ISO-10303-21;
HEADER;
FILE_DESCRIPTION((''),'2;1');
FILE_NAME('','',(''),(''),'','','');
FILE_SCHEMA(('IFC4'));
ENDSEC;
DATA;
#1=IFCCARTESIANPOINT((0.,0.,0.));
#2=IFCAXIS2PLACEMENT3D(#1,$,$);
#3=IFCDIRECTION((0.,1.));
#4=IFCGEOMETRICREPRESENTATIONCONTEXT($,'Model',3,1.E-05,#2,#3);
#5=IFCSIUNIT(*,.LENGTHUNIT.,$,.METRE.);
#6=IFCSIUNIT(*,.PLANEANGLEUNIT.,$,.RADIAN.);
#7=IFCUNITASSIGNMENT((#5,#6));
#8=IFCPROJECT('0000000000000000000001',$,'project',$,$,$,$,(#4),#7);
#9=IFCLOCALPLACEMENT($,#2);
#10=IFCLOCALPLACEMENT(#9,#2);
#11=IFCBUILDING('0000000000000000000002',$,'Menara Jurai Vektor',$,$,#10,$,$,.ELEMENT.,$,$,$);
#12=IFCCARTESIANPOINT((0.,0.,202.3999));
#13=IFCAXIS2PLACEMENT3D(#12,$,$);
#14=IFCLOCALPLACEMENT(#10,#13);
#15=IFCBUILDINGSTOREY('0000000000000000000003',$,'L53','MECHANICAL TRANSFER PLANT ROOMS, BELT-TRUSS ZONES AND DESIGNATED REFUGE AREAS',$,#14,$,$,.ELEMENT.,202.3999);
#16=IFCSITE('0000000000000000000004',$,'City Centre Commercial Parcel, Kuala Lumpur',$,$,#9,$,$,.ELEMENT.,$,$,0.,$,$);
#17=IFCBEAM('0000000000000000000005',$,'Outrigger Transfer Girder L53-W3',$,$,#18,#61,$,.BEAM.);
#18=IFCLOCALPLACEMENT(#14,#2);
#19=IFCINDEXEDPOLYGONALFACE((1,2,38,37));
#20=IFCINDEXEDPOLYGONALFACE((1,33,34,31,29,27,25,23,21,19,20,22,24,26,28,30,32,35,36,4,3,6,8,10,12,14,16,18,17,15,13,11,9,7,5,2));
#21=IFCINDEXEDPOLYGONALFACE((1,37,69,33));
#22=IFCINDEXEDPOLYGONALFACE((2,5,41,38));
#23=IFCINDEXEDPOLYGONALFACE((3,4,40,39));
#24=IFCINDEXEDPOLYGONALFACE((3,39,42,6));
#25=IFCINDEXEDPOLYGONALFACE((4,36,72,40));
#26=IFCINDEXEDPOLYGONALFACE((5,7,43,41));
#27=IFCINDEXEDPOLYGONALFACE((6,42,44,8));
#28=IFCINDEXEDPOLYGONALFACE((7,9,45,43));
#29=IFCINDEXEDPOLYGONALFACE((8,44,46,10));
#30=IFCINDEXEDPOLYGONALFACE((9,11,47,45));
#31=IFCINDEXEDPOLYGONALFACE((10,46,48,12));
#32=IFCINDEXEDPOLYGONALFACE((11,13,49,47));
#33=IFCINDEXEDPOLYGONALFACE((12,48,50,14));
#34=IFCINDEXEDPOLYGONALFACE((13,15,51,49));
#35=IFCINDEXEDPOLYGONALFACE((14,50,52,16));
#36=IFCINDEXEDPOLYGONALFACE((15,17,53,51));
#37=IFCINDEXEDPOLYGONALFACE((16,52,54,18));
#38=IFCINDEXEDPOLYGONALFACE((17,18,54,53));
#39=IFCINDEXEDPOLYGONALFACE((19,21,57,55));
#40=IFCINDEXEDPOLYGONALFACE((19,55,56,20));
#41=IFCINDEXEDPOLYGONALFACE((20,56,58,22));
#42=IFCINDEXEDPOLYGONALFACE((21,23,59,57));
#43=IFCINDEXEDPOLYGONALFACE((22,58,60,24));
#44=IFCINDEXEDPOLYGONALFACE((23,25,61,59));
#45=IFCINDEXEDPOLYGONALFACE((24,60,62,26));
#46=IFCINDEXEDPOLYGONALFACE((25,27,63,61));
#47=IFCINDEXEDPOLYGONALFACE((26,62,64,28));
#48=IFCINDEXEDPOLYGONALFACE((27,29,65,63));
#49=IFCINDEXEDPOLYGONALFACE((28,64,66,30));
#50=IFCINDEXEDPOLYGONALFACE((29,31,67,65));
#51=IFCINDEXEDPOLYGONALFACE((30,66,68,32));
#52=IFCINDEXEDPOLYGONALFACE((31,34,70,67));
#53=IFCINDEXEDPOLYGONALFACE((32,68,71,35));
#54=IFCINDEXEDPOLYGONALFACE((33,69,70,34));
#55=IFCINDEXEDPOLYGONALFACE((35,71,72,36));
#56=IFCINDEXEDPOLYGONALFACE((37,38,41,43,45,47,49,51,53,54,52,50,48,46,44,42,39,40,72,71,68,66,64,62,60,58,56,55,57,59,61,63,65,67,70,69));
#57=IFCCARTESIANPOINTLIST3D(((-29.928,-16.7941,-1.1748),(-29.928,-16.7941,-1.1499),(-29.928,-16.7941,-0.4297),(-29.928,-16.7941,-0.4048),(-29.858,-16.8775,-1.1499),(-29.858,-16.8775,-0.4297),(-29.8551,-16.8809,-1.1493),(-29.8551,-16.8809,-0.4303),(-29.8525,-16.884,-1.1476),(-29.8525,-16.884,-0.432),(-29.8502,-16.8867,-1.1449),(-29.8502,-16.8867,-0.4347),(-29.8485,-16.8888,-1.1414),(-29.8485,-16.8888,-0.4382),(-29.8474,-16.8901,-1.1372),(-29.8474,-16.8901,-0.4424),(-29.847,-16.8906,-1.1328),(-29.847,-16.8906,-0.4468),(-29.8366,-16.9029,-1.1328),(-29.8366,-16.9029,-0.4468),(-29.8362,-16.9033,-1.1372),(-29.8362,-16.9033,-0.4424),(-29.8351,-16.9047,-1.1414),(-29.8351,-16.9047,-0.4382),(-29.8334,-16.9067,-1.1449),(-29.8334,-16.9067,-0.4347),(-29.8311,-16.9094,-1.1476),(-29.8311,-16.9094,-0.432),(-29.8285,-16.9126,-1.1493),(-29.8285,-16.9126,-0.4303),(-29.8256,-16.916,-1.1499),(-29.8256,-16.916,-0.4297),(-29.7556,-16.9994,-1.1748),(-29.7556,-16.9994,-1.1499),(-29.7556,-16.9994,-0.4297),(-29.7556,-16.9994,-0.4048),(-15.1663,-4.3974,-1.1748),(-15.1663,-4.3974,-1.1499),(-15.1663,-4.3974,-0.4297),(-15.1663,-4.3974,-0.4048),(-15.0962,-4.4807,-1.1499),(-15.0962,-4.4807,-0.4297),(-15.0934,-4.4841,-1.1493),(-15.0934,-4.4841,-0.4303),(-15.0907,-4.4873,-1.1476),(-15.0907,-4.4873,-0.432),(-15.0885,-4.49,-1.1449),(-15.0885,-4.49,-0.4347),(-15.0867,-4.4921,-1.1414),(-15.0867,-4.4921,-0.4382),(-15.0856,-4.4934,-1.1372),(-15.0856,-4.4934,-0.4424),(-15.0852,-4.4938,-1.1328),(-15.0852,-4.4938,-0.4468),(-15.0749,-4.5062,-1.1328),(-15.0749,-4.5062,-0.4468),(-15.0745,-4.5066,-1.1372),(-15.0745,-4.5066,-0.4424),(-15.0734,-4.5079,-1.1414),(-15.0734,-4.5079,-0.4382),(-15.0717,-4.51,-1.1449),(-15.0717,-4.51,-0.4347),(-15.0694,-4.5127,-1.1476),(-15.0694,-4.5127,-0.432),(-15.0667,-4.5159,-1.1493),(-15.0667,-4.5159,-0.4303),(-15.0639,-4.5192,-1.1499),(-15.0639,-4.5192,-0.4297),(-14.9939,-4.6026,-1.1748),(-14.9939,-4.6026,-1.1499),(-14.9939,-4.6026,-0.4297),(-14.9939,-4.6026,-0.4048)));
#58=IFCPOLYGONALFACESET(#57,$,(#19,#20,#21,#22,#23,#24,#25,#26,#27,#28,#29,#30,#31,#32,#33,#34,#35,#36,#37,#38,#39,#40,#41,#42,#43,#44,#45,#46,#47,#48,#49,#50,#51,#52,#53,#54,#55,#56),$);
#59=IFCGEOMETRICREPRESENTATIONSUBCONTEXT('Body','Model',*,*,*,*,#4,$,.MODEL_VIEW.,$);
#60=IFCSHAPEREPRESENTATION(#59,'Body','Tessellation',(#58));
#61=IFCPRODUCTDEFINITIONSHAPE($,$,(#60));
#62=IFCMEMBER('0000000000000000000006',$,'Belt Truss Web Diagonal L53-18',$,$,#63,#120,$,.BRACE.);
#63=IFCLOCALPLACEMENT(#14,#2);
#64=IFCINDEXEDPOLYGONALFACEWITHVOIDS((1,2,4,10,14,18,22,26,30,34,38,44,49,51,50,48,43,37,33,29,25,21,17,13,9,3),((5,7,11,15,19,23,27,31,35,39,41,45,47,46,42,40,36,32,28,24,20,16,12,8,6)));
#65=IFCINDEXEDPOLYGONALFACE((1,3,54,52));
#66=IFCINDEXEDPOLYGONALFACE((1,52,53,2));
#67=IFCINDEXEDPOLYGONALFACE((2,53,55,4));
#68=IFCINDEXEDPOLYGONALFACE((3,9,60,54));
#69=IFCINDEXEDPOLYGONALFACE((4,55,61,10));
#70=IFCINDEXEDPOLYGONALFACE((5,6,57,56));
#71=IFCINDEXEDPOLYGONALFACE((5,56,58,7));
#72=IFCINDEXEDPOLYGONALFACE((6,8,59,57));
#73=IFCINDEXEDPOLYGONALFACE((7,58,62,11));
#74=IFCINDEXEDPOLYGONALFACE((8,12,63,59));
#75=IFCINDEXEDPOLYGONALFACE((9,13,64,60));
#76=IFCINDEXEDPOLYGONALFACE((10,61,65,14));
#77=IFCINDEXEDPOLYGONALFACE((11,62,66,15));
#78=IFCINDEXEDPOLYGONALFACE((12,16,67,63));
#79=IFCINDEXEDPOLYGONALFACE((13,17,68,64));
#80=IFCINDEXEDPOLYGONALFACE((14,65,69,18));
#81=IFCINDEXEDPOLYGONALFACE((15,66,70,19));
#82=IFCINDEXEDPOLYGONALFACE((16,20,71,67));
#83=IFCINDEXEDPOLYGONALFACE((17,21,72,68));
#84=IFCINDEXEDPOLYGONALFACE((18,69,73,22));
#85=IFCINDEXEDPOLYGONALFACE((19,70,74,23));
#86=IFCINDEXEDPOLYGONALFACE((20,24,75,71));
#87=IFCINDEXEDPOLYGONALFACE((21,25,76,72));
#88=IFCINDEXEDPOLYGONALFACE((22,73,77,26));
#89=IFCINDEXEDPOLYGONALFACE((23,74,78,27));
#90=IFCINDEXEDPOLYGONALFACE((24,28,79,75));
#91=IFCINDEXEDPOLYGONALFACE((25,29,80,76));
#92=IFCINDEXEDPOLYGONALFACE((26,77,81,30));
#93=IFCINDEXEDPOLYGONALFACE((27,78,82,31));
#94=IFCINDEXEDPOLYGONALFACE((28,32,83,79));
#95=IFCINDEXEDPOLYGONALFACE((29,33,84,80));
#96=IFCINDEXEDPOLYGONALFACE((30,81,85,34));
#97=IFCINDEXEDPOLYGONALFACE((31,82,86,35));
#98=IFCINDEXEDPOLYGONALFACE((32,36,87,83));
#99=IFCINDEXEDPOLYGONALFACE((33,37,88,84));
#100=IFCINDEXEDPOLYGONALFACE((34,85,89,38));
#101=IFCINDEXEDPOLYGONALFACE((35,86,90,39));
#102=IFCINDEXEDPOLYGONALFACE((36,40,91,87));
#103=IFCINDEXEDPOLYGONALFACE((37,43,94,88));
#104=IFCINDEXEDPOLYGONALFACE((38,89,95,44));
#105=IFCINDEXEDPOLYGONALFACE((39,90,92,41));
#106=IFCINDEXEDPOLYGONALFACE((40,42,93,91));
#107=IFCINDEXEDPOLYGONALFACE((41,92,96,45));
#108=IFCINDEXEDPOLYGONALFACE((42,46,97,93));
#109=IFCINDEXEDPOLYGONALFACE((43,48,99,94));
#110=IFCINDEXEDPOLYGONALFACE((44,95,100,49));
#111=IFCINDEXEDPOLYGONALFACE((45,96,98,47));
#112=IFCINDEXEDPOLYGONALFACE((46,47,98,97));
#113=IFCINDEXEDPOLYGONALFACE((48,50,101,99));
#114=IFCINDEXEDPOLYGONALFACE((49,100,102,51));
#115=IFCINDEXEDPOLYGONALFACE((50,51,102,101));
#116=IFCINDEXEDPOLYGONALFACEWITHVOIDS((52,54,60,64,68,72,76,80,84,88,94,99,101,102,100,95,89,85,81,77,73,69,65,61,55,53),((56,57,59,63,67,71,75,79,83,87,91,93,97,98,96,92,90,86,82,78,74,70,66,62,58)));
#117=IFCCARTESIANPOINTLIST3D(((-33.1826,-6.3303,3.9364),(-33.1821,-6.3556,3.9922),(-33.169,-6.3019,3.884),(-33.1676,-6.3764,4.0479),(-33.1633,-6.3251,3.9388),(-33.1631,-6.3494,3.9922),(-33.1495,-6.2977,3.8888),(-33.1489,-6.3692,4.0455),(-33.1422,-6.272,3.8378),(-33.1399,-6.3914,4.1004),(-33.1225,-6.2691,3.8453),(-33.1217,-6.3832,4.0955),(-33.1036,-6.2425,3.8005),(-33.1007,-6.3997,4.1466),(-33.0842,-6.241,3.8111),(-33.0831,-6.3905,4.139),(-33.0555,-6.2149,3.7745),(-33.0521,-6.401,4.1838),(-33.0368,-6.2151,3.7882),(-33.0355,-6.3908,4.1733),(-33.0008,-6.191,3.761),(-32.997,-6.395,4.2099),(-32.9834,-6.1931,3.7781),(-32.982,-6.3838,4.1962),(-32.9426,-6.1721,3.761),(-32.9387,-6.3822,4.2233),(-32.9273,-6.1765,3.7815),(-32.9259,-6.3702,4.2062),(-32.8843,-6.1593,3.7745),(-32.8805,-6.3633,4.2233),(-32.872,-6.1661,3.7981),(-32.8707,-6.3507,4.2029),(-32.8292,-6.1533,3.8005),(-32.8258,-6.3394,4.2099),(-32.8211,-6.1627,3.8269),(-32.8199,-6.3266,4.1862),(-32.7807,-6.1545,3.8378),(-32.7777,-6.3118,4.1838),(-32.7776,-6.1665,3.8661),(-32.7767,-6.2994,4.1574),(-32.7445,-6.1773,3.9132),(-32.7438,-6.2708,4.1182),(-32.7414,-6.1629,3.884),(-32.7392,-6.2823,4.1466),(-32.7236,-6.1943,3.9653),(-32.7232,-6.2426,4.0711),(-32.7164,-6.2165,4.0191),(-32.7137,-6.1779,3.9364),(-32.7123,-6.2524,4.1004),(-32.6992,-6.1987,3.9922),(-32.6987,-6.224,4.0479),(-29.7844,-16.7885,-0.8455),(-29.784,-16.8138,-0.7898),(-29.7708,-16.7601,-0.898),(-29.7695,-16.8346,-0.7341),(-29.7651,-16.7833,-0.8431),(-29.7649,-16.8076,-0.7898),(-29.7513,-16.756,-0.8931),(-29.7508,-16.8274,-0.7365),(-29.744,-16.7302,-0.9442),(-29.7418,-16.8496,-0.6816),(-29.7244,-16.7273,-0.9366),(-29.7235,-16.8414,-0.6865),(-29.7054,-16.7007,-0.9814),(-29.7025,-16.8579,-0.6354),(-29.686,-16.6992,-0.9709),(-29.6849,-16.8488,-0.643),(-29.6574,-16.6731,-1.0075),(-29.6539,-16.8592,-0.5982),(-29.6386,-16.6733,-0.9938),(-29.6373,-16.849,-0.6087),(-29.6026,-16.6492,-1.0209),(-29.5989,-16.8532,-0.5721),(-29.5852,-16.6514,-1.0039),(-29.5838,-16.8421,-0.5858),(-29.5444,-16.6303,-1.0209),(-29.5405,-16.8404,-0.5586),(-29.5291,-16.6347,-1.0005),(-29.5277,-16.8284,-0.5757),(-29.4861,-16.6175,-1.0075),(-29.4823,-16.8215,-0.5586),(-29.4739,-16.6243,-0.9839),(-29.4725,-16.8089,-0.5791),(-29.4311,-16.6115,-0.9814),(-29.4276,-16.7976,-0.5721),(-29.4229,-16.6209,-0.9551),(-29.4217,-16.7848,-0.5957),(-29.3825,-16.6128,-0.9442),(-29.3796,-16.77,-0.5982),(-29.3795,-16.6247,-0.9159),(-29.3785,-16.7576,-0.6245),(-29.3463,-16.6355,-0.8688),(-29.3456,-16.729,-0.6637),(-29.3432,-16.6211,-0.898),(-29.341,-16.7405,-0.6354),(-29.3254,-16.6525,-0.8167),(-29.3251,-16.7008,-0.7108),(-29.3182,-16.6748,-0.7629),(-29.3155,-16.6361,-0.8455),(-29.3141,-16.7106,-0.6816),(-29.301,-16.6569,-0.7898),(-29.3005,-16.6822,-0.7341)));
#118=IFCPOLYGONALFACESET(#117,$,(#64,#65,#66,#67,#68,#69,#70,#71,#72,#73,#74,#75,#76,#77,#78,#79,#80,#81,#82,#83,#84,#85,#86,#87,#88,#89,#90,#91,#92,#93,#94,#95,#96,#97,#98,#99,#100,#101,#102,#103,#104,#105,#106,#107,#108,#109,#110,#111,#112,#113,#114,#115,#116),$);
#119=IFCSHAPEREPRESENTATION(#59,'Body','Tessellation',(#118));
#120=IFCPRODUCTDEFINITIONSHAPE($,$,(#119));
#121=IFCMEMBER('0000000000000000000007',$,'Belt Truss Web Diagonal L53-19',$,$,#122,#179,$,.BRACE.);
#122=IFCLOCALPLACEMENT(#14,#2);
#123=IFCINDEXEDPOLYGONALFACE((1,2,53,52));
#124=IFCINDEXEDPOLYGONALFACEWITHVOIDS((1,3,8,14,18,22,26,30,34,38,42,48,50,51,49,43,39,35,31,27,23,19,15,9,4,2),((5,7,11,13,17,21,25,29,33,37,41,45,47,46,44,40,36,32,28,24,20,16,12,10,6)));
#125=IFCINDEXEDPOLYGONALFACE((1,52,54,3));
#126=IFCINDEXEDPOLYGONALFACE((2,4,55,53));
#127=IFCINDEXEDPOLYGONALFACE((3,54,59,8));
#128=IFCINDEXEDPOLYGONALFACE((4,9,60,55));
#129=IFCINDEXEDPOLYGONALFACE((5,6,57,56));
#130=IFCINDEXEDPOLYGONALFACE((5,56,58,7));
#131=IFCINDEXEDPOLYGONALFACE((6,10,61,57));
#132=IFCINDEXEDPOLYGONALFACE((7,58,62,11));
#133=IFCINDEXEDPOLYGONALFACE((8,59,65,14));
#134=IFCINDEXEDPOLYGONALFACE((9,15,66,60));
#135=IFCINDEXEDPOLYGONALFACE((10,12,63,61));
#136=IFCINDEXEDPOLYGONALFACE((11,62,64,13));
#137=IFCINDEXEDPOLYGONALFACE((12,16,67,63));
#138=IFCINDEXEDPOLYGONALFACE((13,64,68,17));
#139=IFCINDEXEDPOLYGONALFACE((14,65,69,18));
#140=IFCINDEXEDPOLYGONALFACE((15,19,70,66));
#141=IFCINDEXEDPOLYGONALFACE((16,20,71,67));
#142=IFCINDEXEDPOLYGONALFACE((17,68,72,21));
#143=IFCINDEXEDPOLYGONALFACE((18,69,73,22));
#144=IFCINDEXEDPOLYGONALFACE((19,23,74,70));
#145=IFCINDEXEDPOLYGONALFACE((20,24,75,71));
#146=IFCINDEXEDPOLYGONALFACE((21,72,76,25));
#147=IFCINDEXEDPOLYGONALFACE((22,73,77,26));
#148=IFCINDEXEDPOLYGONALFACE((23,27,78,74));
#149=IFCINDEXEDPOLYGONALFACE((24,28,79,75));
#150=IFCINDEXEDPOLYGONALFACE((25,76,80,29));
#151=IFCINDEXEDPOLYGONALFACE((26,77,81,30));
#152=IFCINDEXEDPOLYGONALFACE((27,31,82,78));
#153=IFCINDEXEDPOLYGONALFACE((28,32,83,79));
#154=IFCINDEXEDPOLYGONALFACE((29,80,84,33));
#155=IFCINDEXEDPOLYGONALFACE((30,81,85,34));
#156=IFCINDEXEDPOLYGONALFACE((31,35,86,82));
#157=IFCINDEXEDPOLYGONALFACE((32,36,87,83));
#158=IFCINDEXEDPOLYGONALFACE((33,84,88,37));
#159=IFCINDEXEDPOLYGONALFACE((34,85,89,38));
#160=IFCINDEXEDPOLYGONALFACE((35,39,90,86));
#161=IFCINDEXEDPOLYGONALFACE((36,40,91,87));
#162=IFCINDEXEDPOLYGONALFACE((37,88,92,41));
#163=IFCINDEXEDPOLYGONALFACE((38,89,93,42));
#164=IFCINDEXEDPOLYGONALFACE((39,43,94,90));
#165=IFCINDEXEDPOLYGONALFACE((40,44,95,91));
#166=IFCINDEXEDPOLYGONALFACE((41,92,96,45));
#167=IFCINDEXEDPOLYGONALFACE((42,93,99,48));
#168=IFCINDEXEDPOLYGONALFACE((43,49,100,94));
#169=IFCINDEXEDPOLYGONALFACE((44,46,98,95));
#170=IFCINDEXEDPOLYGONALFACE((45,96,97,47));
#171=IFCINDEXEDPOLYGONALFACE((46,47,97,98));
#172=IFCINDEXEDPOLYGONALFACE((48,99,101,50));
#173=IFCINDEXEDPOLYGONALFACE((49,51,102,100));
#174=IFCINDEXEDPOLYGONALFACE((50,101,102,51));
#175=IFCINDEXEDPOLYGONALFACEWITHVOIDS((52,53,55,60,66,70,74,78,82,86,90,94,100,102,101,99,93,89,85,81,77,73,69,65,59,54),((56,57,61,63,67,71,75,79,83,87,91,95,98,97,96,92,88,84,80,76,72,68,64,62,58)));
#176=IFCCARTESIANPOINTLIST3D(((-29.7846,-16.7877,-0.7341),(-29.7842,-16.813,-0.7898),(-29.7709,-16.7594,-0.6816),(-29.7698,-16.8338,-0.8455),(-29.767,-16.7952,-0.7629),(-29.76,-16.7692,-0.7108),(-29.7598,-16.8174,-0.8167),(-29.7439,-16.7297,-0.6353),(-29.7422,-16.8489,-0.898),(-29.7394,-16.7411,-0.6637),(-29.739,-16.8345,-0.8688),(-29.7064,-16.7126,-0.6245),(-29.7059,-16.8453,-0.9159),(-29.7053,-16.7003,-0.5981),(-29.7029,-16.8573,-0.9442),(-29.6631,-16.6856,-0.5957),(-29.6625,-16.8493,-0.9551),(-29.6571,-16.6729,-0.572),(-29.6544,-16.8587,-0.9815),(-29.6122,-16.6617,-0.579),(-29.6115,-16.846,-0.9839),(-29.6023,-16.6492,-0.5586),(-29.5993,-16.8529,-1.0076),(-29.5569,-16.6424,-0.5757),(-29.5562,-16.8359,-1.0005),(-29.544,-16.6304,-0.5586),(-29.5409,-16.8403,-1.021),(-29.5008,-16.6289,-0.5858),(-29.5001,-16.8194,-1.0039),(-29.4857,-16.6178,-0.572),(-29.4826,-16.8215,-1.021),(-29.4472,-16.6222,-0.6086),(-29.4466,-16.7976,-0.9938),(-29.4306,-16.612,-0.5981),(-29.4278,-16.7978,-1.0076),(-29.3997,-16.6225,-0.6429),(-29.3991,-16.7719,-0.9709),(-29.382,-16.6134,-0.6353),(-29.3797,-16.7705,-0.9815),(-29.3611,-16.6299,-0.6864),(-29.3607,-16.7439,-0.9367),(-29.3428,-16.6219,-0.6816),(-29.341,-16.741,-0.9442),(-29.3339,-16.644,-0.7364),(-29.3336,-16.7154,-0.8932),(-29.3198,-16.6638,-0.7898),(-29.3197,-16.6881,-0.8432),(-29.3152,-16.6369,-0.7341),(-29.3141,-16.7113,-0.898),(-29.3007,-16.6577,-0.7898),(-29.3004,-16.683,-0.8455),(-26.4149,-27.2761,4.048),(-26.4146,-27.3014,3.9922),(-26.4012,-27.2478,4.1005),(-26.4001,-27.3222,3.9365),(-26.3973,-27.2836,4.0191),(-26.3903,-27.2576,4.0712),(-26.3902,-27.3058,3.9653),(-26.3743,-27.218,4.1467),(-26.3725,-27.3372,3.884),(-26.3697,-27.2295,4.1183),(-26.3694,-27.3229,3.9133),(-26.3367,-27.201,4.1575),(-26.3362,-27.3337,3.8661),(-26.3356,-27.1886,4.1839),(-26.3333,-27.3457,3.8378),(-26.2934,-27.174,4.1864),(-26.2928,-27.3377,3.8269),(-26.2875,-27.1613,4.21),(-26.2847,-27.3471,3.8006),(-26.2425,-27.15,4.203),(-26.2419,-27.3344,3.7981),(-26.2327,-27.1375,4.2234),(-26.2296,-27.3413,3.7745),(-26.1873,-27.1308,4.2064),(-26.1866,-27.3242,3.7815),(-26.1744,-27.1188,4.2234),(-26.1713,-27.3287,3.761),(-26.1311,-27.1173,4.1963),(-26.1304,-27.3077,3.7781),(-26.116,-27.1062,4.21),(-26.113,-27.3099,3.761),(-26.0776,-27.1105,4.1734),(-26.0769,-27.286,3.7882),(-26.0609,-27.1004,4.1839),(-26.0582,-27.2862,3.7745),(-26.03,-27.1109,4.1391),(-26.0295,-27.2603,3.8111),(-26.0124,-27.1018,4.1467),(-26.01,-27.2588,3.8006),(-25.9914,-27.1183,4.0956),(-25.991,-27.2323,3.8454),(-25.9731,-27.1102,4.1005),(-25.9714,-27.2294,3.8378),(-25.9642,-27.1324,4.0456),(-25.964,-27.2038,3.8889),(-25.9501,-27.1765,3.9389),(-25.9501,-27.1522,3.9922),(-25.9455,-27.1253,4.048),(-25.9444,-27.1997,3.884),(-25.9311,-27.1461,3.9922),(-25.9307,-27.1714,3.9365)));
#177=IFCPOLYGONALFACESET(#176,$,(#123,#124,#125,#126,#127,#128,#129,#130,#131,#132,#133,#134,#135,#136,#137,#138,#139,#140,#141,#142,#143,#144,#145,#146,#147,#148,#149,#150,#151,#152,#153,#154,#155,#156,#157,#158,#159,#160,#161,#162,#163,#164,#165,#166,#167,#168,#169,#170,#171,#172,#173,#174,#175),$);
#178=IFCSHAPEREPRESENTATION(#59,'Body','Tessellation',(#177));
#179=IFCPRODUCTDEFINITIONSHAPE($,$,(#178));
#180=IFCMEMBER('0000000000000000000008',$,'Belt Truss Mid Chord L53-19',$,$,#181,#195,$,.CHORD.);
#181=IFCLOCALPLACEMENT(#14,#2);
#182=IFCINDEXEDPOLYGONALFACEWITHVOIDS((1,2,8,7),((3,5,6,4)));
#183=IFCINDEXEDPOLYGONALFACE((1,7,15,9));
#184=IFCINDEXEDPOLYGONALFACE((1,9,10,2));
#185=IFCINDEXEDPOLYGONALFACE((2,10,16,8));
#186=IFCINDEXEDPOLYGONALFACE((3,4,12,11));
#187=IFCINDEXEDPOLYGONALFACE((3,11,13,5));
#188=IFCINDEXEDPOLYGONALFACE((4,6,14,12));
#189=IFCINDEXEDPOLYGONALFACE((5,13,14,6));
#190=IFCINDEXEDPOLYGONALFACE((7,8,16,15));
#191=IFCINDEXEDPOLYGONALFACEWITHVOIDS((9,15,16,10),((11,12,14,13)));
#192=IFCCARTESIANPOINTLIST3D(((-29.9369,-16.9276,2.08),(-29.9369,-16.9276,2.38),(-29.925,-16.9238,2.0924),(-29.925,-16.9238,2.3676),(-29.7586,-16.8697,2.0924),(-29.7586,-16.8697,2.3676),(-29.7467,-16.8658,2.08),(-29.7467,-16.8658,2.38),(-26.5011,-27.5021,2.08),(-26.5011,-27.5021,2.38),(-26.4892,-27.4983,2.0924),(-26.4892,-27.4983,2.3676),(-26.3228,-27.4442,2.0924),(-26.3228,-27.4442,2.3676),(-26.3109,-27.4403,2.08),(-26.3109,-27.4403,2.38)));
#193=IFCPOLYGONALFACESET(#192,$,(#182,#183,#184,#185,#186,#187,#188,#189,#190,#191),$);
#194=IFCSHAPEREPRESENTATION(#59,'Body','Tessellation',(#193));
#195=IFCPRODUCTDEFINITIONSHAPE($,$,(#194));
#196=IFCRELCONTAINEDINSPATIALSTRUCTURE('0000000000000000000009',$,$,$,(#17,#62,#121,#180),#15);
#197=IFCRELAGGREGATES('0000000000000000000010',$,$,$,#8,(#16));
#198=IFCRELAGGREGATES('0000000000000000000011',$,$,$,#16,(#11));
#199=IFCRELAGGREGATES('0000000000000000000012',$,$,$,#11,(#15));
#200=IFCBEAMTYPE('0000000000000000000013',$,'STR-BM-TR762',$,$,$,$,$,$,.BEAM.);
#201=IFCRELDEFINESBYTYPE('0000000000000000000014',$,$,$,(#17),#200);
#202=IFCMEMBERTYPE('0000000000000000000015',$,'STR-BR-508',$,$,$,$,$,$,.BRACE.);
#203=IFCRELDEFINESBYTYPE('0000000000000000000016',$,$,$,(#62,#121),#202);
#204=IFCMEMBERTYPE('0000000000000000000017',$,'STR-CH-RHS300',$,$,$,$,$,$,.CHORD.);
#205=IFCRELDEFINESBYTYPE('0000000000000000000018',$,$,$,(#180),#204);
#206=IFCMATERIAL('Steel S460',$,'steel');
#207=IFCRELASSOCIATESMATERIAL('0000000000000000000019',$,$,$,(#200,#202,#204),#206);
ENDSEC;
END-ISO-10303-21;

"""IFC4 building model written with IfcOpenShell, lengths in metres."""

from ifc_helpers import new_model, si_unit, direction, frame, origin, origin_2d, place, context, subcontext, project, spatial, hollow_rectangle, hollow_circle, i_section, extrude, material, material_profile, profile_set, type_object, element, save


model = new_model("IFC4")

# Units and contexts
model_context = context("Model", 3, precision=1e-05, world=origin(), true_north=direction((0.0, 1.0)))
body_context = subcontext(model_context, "Body", "Model", "MODEL_VIEW")
ifc_project = project(units=[si_unit("LENGTHUNIT", "METRE"), si_unit("PLANEANGLEUNIT", "RADIAN")], contexts=[model_context])

# Site, building, storey
site_placement = place(None, origin())
site = spatial("IfcSite", under=ifc_project, at=site_placement, Name="City Centre Commercial Parcel, Kuala Lumpur", CompositionType="ELEMENT", RefElevation=0.0)
building_placement = place(site_placement, origin())
building = spatial("IfcBuilding", under=site, at=building_placement, Name="Menara Jurai Vektor", CompositionType="ELEMENT")
storey_placement = place(building_placement, frame((0.0, 0.0, 202.3999)))
storey = spatial("IfcBuildingStorey", under=building, at=storey_placement, Name="L53", Description="MECHANICAL TRANSFER PLANT ROOMS, BELT-TRUSS ZONES AND DESIGNATED REFUGE AREAS", CompositionType="ELEMENT", Elevation=202.3999)

# Shared definitions
ifc_material_1 = material(Name="Steel S460", Category="steel")

# Beam
ifc_material_profile_1 = material_profile(ifc_material_1, i_section(OverallWidth=0.2681, OverallDepth=0.77, WebThickness=0.0161, FlangeThickness=0.0249, FilletRadius=0.0171, at=origin_2d()), Name="UKB 762x267x197")
ifc_profile_set_1 = profile_set([ifc_material_profile_1], Name="Steel S460")
beam_type_1 = type_object("IfcBeamType", Name="STR-BM-TR762", PredefinedType="BEAM", material=ifc_profile_set_1)
beam_1_placement = place(storey_placement, frame((-29.8418, -16.8967, -0.7898), z_axis=(0.765784, 0.643097, 0.0), x_axis=(-0.643097, 0.765784, 0.0)))
element("IfcBeam", 1, at=beam_1_placement, inside=storey, type_object=beam_type_1, Name="Outrigger Transfer Girder L53-W3", PredefinedType="BEAM", context=body_context, shape_type="SweptSolid", body=[
    extrude(i_section(OverallWidth=0.2681, OverallDepth=0.77, WebThickness=0.0161, FlangeThickness=0.0249, FilletRadius=0.0171, at=origin_2d()), origin(), (0.0, 0.0, 1.0), 19.2766),
])

# Members
ifc_material_profile_2 = material_profile(ifc_material_1, hollow_circle(Radius=0.2539, WallThickness=0.02, at=origin_2d()), Name="CHS 508x20")
ifc_profile_set_2 = profile_set([ifc_material_profile_2], Name="Steel S460")
member_type_1 = type_object("IfcMemberType", Name="STR-BR-508", PredefinedType="BRACE", material=ifc_profile_set_2)
member_1_placement = place(storey_placement, frame((-29.5425, -16.7354, -0.7898), z_axis=(-0.283389, 0.872157, 0.398789), x_axis=(-0.951054, -0.309025, 0.0)))
element("IfcMember", 2, at=member_1_placement, inside=storey, type_object=member_type_1, Name="Belt Truss Web Diagonal L53-18", PredefinedType="BRACE", context=body_context, shape_type="SweptSolid", body=[
    extrude(hollow_circle(Radius=0.2539, WallThickness=0.02, at=origin_2d()), origin(), (0.0, 0.0, 1.0), 11.9912),
])
member_2_placement = place(storey_placement, frame((-29.5425, -16.7354, -0.7898), z_axis=(0.280583, -0.873339, 0.398186), x_axis=(0.952071, 0.305877, 0.0)))
element("IfcMember", 3, at=member_2_placement, inside=storey, type_object=member_type_1, Name="Belt Truss Web Diagonal L53-19", PredefinedType="BRACE", context=body_context, shape_type="SweptSolid", body=[
    extrude(hollow_circle(Radius=0.2539, WallThickness=0.02, at=origin_2d()), origin(), (0.0, 0.0, 1.0), 12.0095),
])
ifc_material_profile_3 = material_profile(ifc_material_1, hollow_rectangle(XDim=0.2, YDim=0.3, WallThickness=0.0125, at=origin_2d()), Name="RHS 300x200x12.5")
ifc_profile_set_3 = profile_set([ifc_material_profile_3], Name="Steel S460")
member_type_2 = type_object("IfcMemberType", Name="STR-CH-RHS300", PredefinedType="CHORD", material=ifc_profile_set_3)
member_3_placement = place(storey_placement, frame((-29.8418, -16.8967, 2.23), z_axis=(0.309012, -0.951058, 0.0), x_axis=(0.951058, 0.309012, 0.0)))
element("IfcMember", 4, at=member_3_placement, inside=storey, type_object=member_type_2, Name="Belt Truss Mid Chord L53-19", PredefinedType="CHORD", context=body_context, shape_type="SweptSolid", body=[
    extrude(hollow_rectangle(XDim=0.2, YDim=0.3, WallThickness=0.0125, at=origin_2d()), origin(), (0.0, 0.0, 1.0), 11.1187),
])

save(model, "model.ifc")
